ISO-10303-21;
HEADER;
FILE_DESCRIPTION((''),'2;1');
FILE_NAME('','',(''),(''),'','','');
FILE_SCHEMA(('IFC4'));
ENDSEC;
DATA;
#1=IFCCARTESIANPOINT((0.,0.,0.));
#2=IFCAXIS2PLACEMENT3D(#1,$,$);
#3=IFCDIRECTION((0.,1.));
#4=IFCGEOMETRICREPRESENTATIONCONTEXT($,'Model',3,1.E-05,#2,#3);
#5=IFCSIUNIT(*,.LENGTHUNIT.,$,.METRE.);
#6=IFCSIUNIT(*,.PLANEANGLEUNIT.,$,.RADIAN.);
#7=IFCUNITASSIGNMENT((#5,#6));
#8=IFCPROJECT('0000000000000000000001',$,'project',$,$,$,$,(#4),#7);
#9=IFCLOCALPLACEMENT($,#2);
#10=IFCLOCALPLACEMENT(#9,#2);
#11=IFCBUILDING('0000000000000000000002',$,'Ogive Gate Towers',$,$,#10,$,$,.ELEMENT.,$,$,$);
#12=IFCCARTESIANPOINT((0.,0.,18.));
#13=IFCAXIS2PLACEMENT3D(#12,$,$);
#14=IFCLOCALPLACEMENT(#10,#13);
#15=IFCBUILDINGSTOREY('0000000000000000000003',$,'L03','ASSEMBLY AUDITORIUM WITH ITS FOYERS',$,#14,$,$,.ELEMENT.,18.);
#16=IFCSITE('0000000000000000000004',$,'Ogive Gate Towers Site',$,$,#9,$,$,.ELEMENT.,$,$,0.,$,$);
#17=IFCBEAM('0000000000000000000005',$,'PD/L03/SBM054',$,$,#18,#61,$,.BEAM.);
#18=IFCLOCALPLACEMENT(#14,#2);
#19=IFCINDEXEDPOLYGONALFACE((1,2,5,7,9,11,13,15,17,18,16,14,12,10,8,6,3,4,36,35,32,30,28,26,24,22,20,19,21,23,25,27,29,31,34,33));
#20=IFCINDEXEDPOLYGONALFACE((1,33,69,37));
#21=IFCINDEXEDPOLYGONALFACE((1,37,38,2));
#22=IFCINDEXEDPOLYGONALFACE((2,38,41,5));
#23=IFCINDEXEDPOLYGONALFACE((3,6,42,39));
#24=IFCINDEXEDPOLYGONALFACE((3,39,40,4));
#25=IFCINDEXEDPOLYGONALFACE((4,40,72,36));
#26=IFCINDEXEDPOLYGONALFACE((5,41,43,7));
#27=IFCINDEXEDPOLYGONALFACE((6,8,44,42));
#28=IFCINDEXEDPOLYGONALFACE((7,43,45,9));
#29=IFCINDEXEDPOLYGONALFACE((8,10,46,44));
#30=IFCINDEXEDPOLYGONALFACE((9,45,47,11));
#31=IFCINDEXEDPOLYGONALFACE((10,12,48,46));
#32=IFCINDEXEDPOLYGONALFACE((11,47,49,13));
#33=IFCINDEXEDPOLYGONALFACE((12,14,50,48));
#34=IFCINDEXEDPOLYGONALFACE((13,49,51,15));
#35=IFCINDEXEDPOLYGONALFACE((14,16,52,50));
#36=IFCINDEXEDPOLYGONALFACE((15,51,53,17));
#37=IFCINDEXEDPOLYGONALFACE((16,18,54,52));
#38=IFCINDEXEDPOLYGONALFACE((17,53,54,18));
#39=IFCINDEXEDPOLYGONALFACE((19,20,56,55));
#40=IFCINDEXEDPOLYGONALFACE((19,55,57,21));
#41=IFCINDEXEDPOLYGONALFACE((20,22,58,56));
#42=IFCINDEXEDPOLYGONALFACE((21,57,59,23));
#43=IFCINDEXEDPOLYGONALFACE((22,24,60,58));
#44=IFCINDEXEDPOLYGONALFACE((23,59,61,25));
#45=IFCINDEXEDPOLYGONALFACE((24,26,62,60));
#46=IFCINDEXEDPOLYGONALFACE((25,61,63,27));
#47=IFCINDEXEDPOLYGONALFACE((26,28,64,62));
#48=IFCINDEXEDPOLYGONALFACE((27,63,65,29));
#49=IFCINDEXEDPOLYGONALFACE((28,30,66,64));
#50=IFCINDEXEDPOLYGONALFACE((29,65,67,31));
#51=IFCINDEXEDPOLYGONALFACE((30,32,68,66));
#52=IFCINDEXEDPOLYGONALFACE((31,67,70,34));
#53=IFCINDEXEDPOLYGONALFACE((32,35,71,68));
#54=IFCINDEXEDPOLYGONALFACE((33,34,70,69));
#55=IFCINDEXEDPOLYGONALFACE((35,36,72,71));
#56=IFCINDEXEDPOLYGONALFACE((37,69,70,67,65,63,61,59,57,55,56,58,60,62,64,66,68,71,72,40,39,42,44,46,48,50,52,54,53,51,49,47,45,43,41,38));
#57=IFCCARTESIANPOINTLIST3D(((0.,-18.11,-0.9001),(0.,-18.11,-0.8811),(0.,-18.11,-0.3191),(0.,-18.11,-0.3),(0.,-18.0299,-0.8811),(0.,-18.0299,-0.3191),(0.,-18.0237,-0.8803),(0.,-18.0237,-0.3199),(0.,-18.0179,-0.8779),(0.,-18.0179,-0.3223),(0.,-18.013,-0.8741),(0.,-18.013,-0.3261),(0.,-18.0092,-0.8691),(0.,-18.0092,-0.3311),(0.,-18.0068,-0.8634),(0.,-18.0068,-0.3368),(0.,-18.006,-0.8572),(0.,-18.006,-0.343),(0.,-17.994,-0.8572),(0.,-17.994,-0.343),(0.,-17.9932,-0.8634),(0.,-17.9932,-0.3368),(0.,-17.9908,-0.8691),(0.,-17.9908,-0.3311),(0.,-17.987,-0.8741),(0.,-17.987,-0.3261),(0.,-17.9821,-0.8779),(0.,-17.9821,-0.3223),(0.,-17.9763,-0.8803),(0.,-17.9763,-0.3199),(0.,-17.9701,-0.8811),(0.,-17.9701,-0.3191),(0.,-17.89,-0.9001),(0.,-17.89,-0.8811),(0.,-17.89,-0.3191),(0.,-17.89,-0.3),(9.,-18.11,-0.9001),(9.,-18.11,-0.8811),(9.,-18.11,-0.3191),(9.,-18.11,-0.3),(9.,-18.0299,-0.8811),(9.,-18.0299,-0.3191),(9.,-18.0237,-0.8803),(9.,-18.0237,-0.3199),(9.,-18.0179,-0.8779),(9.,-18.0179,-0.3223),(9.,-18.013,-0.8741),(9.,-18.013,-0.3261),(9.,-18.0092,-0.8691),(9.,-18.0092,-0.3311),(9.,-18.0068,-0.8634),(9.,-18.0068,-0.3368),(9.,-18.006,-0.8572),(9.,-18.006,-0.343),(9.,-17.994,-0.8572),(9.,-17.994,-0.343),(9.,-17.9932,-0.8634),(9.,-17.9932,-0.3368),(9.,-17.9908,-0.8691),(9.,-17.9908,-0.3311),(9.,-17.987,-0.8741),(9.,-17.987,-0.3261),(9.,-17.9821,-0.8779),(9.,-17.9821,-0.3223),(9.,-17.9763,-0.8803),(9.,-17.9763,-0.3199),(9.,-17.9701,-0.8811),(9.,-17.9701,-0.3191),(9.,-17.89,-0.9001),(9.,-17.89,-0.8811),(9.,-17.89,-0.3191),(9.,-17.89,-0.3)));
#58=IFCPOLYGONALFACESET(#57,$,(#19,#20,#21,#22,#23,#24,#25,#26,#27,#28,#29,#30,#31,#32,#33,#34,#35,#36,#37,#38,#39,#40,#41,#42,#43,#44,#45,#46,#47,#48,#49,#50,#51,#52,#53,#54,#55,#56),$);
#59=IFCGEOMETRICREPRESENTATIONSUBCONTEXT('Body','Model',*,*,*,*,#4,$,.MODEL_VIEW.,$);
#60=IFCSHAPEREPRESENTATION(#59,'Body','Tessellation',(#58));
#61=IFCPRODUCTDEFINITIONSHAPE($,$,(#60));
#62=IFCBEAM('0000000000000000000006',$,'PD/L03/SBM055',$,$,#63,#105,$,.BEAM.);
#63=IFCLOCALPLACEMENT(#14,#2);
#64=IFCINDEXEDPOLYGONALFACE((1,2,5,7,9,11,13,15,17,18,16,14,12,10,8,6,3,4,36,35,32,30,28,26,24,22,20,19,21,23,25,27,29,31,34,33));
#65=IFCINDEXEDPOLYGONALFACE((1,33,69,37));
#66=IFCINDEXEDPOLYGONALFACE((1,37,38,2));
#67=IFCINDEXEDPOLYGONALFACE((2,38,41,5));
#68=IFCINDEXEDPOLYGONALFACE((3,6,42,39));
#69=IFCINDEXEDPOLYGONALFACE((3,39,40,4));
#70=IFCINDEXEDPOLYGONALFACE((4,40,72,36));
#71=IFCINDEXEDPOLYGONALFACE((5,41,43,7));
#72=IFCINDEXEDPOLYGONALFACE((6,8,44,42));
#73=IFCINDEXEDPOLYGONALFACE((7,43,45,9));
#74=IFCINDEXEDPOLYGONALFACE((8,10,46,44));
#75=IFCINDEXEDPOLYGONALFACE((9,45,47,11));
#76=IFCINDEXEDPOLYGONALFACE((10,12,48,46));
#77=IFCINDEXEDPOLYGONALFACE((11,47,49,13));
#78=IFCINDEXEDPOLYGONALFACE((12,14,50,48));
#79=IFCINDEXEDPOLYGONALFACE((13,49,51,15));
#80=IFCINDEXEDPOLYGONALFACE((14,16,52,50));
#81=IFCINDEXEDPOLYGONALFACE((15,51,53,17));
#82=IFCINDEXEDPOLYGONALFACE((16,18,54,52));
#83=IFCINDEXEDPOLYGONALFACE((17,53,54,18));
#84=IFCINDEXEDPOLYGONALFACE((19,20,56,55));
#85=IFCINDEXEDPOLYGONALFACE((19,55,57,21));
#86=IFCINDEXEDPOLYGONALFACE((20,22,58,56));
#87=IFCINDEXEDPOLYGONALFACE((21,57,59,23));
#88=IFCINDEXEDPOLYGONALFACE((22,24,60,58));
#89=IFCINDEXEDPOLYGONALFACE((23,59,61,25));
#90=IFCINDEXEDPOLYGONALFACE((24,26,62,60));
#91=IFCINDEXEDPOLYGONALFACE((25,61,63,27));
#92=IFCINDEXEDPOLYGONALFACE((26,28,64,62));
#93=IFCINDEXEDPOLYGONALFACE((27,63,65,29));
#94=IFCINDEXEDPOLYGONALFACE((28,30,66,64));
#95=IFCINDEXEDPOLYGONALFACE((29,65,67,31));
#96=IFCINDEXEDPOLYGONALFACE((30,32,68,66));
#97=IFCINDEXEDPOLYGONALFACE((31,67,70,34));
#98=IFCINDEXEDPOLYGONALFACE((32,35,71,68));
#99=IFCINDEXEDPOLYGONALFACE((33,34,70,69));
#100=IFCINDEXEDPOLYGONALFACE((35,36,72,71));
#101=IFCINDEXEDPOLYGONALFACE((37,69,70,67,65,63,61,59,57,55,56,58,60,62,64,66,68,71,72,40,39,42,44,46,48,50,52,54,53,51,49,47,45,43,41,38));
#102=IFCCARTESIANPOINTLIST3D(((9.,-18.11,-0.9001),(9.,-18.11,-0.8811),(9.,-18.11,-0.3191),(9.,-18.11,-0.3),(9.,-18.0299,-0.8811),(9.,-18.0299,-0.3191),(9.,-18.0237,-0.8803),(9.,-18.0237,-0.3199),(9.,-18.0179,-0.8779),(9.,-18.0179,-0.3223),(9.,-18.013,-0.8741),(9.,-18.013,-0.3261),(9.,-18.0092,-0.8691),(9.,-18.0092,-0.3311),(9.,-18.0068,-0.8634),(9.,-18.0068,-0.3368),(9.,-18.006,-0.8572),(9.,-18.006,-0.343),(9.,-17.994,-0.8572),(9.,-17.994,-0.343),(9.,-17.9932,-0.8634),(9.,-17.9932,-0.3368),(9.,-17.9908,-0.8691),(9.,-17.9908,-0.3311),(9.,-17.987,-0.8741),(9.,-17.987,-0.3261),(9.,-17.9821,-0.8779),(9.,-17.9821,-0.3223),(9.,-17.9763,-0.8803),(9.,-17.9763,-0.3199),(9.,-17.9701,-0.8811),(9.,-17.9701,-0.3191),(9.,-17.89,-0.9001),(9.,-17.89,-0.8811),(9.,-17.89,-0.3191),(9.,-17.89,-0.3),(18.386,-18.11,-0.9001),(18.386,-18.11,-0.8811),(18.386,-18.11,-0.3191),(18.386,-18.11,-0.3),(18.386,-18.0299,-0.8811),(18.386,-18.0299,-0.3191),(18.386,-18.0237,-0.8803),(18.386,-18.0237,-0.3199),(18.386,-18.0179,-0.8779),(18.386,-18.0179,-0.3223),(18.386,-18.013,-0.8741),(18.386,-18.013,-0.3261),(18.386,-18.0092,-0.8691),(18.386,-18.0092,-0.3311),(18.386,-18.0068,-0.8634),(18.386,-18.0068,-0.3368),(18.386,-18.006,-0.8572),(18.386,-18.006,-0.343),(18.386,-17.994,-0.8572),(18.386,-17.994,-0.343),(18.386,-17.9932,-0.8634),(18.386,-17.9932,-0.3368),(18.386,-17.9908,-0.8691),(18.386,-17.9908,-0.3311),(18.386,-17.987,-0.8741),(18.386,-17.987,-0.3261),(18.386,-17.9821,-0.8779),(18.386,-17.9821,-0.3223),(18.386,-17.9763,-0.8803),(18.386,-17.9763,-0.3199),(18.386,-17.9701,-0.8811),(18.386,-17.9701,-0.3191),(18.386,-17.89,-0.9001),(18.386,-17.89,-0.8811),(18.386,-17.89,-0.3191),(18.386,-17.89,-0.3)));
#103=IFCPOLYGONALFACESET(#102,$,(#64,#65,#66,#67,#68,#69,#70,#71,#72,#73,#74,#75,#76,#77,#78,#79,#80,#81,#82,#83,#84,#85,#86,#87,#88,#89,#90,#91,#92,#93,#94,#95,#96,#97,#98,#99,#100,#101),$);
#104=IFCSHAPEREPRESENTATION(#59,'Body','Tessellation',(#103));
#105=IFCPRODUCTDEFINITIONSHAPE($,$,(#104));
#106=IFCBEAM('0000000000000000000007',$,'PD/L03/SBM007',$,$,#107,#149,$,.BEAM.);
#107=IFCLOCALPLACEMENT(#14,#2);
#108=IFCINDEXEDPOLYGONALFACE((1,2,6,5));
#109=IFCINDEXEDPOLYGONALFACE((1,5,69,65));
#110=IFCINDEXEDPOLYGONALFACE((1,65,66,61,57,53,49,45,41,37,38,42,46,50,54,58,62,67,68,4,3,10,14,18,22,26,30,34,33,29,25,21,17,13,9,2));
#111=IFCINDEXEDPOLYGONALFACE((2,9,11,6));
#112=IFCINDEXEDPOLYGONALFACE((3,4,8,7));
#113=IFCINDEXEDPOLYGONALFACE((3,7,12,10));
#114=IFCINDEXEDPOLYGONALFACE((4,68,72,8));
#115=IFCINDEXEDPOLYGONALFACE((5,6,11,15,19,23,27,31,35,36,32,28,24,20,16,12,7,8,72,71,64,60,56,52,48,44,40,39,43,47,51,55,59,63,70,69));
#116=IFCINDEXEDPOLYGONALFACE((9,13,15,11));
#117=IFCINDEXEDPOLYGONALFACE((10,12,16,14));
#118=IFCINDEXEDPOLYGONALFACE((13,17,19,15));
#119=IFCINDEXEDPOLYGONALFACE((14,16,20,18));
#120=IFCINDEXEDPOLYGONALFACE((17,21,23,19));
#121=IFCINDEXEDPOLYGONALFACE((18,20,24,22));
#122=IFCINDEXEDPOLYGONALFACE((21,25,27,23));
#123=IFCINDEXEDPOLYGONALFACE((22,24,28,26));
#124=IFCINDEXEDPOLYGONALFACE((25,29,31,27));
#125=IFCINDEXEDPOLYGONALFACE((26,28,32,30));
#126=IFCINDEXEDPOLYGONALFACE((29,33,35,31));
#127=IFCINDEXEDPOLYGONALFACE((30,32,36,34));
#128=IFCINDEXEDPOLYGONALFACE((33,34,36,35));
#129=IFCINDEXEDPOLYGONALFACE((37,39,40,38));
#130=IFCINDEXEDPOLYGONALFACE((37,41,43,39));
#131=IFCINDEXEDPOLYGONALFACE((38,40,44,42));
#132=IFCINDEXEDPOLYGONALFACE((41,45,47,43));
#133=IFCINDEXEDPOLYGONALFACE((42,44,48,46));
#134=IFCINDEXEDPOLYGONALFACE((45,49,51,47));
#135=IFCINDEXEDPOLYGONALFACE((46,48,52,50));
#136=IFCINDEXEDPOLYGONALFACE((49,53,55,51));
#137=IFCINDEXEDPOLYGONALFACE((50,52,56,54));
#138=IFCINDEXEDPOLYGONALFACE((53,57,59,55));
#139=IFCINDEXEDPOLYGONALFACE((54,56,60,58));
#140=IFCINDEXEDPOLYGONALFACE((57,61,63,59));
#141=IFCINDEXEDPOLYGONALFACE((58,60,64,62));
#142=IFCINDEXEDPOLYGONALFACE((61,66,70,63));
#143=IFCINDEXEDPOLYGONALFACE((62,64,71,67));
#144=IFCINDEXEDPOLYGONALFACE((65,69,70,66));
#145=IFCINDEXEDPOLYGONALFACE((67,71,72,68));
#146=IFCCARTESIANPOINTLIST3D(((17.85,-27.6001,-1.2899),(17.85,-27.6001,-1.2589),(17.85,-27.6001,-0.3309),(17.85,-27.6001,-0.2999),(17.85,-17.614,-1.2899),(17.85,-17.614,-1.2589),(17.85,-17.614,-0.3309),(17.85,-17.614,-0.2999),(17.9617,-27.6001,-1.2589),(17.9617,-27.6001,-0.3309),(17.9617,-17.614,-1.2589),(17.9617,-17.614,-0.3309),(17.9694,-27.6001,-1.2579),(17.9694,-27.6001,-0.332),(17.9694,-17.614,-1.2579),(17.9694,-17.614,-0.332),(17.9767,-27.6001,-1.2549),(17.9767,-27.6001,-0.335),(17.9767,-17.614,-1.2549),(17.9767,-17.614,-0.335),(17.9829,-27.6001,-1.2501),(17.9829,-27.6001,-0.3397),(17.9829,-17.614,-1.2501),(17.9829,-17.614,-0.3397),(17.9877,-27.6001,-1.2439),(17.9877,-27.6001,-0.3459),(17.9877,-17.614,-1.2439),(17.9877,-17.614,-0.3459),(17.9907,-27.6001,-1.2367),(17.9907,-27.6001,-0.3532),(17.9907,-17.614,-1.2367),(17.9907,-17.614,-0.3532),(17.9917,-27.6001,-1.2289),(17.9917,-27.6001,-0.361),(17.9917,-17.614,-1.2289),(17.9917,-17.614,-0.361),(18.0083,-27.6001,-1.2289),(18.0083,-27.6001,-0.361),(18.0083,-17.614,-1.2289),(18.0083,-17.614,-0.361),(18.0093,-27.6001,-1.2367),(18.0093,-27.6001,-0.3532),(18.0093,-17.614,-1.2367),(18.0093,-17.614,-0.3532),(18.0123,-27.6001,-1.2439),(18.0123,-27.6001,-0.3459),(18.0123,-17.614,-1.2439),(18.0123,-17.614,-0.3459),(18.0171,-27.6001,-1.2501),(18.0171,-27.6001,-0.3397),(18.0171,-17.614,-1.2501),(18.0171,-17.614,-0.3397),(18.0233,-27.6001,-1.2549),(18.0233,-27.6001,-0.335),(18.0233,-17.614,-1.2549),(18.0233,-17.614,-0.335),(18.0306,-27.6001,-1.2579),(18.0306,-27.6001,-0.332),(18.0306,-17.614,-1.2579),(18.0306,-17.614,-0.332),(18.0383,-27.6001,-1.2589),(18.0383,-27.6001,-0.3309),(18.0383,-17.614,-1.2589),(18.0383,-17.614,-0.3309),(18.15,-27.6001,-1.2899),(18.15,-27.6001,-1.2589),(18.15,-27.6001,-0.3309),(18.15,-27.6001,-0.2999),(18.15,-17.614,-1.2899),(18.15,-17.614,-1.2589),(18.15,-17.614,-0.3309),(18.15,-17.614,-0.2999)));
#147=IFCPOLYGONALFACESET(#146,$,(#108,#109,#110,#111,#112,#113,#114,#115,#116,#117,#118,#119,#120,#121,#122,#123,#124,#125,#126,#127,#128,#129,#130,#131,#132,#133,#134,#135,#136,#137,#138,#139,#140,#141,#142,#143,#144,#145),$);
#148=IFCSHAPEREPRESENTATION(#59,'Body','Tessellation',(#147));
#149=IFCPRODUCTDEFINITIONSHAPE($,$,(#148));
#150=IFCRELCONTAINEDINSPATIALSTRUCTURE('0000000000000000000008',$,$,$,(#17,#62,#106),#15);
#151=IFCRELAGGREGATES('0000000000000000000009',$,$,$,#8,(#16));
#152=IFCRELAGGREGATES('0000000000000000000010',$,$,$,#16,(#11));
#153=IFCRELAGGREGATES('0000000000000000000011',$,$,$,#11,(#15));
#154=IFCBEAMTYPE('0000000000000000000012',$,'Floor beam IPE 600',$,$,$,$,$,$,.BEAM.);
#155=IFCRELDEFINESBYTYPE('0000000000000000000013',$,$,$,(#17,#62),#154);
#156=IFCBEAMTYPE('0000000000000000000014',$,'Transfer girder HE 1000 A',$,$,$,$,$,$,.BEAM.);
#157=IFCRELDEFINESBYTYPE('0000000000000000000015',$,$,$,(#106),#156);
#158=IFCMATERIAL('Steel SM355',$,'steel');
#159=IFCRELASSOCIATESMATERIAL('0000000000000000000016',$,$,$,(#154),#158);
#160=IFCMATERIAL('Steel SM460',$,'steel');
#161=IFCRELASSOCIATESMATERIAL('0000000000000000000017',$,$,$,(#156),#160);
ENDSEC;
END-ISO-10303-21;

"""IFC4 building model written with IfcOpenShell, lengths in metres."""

from ifc_helpers import new_model, si_unit, direction, frame, origin, origin_2d, place, context, subcontext, project, spatial, i_section, extrude, material, material_profile, profile_set, type_object, element, save


model = new_model("IFC4")

# Units and contexts
model_context = context("Model", 3, precision=1e-05, world=origin(), true_north=direction((0.0, 1.0)))
body_context = subcontext(model_context, "Body", "Model", "MODEL_VIEW")
ifc_project = project(units=[si_unit("LENGTHUNIT", "METRE"), si_unit("PLANEANGLEUNIT", "RADIAN")], contexts=[model_context])

# Site, building, storey
site_placement = place(None, origin())
site = spatial("IfcSite", under=ifc_project, at=site_placement, Name="Ogive Gate Towers Site", CompositionType="ELEMENT", RefElevation=0.0)
building_placement = place(site_placement, origin())
building = spatial("IfcBuilding", under=site, at=building_placement, Name="Ogive Gate Towers", CompositionType="ELEMENT")
storey_placement = place(building_placement, frame((0.0, 0.0, 18.0)))
storey = spatial("IfcBuildingStorey", under=building, at=storey_placement, Name="L03", Description="ASSEMBLY AUDITORIUM WITH ITS FOYERS", CompositionType="ELEMENT", Elevation=18.0)

# Beams
ifc_material_1 = material(Name="Steel SM460", Category="steel")
ifc_material_2 = material(Name="Steel SM355", Category="steel")
ifc_material_profile_1 = material_profile(ifc_material_2, i_section(OverallWidth=0.22, OverallDepth=0.6001, WebThickness=0.012, FlangeThickness=0.019, FilletRadius=0.0239, at=origin_2d()), Name="IPE 600")
ifc_profile_set_1 = profile_set([ifc_material_profile_1], Name="Steel SM355")
beam_type_1 = type_object("IfcBeamType", Name="Floor beam IPE 600", PredefinedType="BEAM", material=ifc_profile_set_1)
for number, where, z_axis, x_axis, name in (
    (1, (0.0, -18.0, -0.6001), (1.0, 0.0, 0.0), (0.0, 1.0, 0.0), "PD/L03/SBM054"),
):
    element("IfcBeam", number, at=place(storey_placement, frame(where, z_axis=z_axis, x_axis=x_axis)), inside=storey, type_object=beam_type_1, Name=name, PredefinedType="BEAM", context=body_context, shape_type="SweptSolid", body=[
        extrude(i_section(OverallWidth=0.22, OverallDepth=0.6001, WebThickness=0.012, FlangeThickness=0.019, FilletRadius=0.0239, at=origin_2d()), origin(), (0.0, 0.0, 1.0), 9.0),
    ])
beam_1_placement = place(storey_placement, frame((9.0, -18.0, -0.6001), z_axis=(1.0, 0.0, 0.0), x_axis=(0.0, 1.0, 0.0)))
element("IfcBeam", 2, at=beam_1_placement, inside=storey, type_object=beam_type_1, Name="PD/L03/SBM055", PredefinedType="BEAM", context=body_context, shape_type="SweptSolid", body=[
    extrude(i_section(OverallWidth=0.22, OverallDepth=0.6001, WebThickness=0.012, FlangeThickness=0.019, FilletRadius=0.0239, at=origin_2d()), origin(), (0.0, 0.0, 1.0), 9.386),
])
ifc_material_profile_2 = material_profile(ifc_material_1, i_section(OverallWidth=0.3, OverallDepth=0.99, WebThickness=0.0166, FlangeThickness=0.031, FilletRadius=0.03, at=origin_2d()), Name="HE 1000 A")
ifc_profile_set_2 = profile_set([ifc_material_profile_2], Name="Steel SM460")
beam_type_2 = type_object("IfcBeamType", Name="Transfer girder HE 1000 A", PredefinedType="BEAM", material=ifc_profile_set_2)
beam_2_placement = place(storey_placement, frame((18.0, -27.6001, -0.7949), z_axis=(0.0, 1.0, 0.0), x_axis=(-1.0, 0.0, 0.0)))
element("IfcBeam", 3, at=beam_2_placement, inside=storey, type_object=beam_type_2, Name="PD/L03/SBM007", PredefinedType="BEAM", context=body_context, shape_type="SweptSolid", body=[
    extrude(i_section(OverallWidth=0.3, OverallDepth=0.99, WebThickness=0.0166, FlangeThickness=0.031, FilletRadius=0.03, at=origin_2d()), origin(), (0.0, 0.0, 1.0), 9.9861),
])

save(model, "model.ifc")
